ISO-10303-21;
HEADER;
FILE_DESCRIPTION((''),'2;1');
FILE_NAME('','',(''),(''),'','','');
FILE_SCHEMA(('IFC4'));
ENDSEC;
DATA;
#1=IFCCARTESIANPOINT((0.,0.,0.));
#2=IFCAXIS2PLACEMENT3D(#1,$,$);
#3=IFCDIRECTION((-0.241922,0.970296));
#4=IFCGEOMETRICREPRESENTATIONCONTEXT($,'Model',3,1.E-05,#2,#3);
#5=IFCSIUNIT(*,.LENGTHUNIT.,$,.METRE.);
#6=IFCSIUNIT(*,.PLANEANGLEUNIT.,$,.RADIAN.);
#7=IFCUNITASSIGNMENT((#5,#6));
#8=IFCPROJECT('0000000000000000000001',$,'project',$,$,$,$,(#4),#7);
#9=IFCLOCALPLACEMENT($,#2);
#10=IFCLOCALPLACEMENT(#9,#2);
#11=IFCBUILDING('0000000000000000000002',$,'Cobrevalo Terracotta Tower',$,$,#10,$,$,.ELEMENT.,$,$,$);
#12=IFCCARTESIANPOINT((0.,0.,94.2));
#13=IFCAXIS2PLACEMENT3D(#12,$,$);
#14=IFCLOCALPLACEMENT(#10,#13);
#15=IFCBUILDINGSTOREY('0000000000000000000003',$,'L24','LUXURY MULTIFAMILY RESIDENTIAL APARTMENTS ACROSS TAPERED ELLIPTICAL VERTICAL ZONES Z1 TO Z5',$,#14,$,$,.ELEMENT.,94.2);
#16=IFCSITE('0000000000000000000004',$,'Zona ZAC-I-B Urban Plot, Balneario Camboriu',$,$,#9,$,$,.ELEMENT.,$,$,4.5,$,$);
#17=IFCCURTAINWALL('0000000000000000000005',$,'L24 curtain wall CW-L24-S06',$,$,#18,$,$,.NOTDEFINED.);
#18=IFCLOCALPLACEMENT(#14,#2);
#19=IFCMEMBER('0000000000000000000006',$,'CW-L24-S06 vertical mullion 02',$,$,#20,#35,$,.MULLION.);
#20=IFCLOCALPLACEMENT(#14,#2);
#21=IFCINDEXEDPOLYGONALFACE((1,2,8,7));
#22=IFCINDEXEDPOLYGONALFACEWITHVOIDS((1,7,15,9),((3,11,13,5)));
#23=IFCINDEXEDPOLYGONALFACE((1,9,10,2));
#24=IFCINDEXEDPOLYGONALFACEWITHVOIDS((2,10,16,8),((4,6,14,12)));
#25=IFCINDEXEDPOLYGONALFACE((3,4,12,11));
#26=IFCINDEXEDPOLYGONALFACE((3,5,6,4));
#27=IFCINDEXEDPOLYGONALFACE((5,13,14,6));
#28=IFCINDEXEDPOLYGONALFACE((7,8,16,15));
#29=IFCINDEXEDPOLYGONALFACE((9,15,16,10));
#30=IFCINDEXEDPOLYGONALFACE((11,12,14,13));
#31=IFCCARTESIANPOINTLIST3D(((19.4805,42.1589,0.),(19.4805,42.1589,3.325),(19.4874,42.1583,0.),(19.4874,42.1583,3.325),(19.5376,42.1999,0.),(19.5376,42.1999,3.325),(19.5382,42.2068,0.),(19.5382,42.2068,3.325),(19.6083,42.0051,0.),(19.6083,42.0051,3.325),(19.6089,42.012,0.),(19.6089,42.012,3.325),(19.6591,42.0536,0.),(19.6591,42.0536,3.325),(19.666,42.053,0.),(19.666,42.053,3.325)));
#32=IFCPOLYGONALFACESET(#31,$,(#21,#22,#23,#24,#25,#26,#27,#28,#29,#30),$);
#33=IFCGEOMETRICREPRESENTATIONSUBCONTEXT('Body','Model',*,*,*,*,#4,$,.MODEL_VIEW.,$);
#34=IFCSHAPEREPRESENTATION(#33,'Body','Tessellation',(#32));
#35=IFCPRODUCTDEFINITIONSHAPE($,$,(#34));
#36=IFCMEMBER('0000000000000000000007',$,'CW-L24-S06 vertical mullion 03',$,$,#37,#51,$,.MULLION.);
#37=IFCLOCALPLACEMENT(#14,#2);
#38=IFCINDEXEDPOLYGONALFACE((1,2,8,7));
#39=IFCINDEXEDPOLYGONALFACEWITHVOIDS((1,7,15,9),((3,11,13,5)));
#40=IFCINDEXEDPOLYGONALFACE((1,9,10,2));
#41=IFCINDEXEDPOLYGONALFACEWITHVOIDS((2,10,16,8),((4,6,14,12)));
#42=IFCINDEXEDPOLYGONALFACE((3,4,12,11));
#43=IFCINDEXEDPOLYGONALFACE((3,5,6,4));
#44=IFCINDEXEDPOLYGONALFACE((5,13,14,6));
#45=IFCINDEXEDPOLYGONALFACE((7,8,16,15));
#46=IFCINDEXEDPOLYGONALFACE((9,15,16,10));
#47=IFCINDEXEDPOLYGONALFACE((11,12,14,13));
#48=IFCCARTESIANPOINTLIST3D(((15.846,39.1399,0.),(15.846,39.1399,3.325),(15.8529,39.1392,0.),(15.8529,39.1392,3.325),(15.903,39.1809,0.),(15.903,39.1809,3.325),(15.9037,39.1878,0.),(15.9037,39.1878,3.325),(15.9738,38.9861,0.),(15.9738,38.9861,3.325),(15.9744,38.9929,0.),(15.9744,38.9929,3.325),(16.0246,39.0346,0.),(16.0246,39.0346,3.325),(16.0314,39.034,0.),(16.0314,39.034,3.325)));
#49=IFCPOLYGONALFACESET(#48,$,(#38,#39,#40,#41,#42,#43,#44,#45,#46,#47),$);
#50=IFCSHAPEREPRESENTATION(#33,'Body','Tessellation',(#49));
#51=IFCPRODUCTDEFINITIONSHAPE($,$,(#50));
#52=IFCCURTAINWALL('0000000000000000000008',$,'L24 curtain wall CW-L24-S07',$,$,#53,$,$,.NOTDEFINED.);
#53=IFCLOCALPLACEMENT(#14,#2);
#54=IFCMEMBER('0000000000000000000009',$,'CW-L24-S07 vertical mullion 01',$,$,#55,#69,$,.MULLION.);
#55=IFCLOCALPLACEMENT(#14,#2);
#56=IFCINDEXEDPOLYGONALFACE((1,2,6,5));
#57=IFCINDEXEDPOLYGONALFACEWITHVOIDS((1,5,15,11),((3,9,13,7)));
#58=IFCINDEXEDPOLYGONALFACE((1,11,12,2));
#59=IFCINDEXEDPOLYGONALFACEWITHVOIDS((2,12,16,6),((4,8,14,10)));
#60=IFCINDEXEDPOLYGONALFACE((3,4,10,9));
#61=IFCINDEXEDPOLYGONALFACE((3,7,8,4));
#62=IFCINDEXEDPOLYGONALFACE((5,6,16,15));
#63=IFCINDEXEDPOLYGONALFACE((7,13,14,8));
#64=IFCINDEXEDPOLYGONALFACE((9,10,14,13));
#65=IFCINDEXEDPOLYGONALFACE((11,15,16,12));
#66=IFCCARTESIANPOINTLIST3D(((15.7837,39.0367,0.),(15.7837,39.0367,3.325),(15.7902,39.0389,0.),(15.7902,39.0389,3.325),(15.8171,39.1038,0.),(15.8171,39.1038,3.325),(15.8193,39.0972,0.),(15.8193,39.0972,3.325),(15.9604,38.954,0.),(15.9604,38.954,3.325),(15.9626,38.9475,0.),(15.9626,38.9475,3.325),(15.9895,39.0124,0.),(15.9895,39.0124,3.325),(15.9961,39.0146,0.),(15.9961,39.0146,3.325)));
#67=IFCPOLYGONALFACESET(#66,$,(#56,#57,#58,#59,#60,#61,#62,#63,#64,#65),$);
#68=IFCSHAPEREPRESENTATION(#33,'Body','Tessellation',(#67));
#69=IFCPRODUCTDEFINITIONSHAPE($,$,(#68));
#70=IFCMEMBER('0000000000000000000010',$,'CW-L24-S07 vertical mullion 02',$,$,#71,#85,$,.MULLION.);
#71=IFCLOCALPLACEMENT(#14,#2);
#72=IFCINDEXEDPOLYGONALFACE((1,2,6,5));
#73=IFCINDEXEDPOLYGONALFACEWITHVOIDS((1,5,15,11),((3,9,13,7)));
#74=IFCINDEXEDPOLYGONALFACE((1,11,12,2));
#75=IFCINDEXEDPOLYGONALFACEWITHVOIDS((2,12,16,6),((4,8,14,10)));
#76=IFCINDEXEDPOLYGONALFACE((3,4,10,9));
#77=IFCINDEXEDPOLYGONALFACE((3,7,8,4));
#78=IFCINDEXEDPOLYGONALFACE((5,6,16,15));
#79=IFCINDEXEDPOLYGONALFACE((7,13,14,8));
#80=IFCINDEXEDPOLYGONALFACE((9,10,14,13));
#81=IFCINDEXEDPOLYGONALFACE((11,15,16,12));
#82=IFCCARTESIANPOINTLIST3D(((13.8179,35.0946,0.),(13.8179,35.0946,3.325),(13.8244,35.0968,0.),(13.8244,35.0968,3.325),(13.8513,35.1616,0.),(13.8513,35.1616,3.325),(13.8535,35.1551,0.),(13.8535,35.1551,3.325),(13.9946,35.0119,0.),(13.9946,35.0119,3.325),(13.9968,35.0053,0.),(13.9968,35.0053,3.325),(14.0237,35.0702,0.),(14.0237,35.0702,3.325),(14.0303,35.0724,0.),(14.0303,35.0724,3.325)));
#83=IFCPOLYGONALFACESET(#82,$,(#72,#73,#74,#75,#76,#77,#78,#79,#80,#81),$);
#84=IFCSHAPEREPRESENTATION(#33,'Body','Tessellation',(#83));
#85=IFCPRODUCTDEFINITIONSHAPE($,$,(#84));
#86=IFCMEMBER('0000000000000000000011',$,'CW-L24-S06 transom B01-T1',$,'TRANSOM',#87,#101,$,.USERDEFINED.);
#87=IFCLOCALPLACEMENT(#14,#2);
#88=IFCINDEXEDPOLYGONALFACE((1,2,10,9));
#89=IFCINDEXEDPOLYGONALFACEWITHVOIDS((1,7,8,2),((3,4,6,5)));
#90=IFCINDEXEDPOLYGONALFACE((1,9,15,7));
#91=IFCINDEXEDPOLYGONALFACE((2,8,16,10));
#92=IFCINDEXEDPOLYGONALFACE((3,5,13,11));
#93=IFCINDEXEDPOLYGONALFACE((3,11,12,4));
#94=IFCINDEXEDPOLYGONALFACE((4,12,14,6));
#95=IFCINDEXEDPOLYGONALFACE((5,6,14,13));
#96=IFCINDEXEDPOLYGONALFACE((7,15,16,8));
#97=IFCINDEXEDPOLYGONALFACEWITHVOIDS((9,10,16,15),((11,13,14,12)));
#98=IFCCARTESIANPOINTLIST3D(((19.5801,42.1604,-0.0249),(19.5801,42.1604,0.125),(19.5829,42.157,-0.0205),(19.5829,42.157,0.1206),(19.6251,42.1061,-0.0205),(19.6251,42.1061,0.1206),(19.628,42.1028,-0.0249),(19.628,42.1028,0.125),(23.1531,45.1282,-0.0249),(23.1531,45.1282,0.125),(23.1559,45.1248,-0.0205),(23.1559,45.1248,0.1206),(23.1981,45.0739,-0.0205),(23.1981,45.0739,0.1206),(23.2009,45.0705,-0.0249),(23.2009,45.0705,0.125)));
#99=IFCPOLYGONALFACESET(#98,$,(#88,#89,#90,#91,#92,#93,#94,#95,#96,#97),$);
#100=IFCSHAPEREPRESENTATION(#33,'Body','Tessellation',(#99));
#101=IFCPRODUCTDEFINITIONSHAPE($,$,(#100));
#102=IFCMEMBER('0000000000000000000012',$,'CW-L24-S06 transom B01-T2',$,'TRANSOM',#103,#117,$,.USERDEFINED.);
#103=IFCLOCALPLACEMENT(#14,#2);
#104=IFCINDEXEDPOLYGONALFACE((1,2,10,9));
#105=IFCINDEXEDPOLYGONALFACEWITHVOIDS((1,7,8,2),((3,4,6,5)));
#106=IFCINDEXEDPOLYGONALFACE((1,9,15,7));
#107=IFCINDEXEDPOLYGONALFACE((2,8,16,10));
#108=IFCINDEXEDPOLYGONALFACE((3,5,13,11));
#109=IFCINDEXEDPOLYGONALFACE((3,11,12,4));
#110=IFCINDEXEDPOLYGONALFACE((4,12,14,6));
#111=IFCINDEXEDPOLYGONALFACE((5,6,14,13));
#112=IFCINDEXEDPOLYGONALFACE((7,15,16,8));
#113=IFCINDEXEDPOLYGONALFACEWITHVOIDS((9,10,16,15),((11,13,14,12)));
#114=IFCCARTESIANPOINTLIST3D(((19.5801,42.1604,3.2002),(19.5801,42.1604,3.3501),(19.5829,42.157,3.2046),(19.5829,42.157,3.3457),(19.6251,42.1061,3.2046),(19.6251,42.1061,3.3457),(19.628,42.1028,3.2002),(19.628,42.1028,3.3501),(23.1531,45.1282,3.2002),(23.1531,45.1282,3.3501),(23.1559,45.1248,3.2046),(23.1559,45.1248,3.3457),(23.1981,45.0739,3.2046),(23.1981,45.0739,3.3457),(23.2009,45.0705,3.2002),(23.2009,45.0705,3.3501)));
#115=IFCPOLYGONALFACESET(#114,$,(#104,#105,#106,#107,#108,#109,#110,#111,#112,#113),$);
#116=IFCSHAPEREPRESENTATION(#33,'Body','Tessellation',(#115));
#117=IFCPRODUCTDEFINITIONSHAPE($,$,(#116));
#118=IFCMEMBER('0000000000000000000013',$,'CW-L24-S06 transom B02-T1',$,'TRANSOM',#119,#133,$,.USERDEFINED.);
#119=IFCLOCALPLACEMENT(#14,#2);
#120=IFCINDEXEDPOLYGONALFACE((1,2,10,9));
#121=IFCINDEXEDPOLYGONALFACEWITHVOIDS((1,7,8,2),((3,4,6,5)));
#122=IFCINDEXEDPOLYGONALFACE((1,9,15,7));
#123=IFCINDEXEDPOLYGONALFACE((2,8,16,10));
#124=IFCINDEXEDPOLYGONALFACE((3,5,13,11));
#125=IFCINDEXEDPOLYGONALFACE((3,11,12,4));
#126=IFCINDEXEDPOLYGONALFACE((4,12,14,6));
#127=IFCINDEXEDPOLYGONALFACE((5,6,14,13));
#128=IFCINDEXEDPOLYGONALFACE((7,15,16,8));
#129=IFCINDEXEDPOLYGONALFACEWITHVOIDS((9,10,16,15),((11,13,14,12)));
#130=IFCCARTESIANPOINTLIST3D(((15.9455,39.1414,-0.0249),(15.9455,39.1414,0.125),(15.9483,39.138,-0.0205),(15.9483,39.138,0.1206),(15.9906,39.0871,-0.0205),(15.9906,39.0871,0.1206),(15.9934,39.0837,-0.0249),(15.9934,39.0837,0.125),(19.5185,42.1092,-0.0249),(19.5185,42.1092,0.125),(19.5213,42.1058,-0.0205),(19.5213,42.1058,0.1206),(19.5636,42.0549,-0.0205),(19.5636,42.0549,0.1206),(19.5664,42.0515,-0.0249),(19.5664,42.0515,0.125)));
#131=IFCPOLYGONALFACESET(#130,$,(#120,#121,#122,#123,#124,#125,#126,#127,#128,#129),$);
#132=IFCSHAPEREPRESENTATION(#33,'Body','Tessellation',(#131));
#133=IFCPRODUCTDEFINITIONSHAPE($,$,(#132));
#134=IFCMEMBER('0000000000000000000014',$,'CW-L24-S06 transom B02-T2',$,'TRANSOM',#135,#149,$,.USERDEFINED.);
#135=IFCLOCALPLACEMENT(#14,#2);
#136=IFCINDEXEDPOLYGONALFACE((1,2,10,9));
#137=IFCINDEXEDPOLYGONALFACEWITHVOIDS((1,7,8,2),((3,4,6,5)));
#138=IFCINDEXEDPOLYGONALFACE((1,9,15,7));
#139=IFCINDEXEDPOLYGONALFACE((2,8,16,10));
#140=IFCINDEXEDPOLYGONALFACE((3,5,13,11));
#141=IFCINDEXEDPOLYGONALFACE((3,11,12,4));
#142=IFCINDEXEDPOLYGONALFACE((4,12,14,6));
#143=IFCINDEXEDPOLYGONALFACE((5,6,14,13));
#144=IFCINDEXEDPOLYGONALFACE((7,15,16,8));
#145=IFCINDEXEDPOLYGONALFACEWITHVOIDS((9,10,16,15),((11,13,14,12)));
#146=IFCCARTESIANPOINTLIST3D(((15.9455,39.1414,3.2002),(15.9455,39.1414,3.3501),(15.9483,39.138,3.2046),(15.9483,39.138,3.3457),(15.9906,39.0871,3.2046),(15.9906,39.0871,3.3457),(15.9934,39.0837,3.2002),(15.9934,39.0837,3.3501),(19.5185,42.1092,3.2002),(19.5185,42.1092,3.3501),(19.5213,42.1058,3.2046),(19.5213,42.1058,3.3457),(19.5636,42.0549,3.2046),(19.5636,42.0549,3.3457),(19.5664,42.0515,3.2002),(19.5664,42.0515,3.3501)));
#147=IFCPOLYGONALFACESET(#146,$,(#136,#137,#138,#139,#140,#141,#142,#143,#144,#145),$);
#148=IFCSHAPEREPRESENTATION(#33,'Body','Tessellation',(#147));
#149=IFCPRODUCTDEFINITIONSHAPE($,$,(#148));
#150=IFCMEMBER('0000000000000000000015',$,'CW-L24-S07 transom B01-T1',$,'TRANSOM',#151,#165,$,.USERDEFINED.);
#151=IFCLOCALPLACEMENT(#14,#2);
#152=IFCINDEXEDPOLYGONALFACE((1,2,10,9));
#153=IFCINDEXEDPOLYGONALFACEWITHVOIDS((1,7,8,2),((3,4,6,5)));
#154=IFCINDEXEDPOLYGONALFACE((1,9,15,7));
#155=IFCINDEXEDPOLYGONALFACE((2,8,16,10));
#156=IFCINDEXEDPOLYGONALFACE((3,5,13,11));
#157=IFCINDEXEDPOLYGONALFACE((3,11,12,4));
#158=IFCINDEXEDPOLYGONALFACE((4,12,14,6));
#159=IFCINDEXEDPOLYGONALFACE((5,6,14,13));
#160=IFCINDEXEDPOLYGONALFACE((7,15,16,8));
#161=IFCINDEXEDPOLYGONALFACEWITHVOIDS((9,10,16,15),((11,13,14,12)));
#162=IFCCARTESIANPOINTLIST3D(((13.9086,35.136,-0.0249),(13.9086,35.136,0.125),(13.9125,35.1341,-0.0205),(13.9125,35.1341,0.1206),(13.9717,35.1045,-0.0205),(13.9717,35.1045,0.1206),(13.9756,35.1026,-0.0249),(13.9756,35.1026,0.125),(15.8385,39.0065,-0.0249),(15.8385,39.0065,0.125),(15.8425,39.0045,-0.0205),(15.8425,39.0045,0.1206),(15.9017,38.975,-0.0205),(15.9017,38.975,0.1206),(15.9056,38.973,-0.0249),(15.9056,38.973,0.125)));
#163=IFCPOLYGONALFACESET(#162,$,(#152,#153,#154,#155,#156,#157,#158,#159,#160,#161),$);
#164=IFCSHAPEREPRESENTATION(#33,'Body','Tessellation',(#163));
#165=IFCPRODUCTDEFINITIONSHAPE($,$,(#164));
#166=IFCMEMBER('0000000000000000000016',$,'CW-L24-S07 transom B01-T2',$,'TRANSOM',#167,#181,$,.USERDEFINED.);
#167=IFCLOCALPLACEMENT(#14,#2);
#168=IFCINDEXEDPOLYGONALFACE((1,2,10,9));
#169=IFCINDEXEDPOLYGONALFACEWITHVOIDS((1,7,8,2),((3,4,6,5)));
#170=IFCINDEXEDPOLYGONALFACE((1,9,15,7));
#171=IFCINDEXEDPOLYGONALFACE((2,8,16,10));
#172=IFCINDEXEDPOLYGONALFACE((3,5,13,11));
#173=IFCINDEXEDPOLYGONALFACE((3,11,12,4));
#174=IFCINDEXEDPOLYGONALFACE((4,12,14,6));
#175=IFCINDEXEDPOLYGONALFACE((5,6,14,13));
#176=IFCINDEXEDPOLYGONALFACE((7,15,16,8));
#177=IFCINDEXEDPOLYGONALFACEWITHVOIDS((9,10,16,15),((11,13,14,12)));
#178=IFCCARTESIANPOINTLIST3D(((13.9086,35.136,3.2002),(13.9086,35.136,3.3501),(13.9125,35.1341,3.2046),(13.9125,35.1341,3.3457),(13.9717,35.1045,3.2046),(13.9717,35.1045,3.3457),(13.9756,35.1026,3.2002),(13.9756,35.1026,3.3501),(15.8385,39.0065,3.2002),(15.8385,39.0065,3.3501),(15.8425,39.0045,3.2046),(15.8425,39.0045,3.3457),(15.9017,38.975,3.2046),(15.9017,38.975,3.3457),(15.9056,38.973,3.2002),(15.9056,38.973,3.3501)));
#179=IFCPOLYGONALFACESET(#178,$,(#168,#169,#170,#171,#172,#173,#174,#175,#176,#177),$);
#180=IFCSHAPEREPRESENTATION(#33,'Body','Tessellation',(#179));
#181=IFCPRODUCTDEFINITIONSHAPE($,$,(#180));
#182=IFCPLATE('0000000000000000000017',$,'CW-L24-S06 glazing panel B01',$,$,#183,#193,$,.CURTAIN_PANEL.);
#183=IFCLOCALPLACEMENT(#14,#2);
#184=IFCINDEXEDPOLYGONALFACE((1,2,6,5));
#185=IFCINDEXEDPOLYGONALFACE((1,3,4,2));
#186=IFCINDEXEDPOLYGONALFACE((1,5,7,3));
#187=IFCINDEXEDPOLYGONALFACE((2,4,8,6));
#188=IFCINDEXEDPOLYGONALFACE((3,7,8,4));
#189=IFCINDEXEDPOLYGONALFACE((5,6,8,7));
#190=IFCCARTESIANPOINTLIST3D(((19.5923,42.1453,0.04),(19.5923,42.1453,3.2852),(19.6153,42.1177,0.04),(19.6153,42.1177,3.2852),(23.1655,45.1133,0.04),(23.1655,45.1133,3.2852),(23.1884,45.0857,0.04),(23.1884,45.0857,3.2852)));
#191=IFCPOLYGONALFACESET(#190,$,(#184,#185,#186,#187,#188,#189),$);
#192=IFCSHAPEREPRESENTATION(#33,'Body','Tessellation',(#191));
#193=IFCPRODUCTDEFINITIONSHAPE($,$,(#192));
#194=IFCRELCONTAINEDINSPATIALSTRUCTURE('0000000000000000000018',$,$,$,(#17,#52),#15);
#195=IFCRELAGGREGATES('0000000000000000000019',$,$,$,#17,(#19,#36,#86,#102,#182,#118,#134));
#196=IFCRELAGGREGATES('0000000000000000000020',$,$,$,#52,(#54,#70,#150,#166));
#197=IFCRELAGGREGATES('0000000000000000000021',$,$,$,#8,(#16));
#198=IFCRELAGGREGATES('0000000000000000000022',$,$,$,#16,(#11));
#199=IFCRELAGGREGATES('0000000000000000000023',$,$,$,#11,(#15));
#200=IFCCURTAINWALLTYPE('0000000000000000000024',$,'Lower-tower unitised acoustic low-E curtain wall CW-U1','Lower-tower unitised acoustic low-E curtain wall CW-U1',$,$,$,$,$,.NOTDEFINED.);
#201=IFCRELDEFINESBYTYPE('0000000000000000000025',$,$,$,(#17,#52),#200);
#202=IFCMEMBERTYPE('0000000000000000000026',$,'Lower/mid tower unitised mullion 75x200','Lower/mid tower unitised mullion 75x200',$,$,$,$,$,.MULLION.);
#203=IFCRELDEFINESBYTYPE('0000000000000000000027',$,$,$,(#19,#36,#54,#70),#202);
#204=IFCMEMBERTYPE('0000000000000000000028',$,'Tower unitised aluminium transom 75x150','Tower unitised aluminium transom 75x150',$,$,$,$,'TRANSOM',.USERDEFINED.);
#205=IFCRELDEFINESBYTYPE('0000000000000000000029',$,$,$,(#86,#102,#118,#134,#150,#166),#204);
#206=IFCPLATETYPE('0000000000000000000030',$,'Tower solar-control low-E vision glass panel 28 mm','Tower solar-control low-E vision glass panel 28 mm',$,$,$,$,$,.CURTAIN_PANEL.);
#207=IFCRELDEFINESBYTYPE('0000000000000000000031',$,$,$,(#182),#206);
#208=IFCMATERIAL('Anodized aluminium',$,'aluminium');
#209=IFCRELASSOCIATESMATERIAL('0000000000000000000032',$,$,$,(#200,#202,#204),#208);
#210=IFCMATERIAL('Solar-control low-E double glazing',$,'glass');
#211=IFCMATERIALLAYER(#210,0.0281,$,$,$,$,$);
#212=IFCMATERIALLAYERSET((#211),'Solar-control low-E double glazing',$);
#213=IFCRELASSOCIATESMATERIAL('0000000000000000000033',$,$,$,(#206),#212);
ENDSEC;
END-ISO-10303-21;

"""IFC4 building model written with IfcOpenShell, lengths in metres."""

from ifc_helpers import new_model, si_unit, direction, frame, origin, origin_2d, place, context, subcontext, project, spatial, rectangle, hollow_rectangle, extrude, source, transform, mapped, material, layer, layer_set, material_profile, profile_set, type_object, element, aggregate, save


model = new_model("IFC4")

# Units and contexts
model_context = context("Model", 3, precision=1e-05, world=origin(), true_north=direction((-0.241922, 0.970296)))
body_context = subcontext(model_context, "Body", "Model", "MODEL_VIEW")
ifc_project = project(units=[si_unit("LENGTHUNIT", "METRE"), si_unit("PLANEANGLEUNIT", "RADIAN")], contexts=[model_context])

# Site, building, storey
site_placement = place(None, origin())
site = spatial("IfcSite", under=ifc_project, at=site_placement, Name="Zona ZAC-I-B Urban Plot, Balneario Camboriu", CompositionType="ELEMENT", RefElevation=4.5)
building_placement = place(site_placement, origin())
building = spatial("IfcBuilding", under=site, at=building_placement, Name="Cobrevalo Terracotta Tower", CompositionType="ELEMENT")
storey_placement = place(building_placement, frame((0.0, 0.0, 94.2)))
storey = spatial("IfcBuildingStorey", under=building, at=storey_placement, Name="L24", Description="LUXURY MULTIFAMILY RESIDENTIAL APARTMENTS ACROSS TAPERED ELLIPTICAL VERTICAL ZONES Z1 TO Z5", CompositionType="ELEMENT", Elevation=94.2)

# Shared definitions
ifc_material_1 = material(Name="Anodized aluminium", Category="aluminium")
curtain_wall_type = type_object("IfcCurtainWallType", Name="Lower-tower unitised acoustic low-E curtain wall CW-U1", Description="Lower-tower unitised acoustic low-E curtain wall CW-U1", PredefinedType="NOTDEFINED", material=ifc_material_1)
ifc_material_profile_1 = material_profile(ifc_material_1, hollow_rectangle(XDim=0.075, YDim=0.2, WallThickness=0.0049, at=origin_2d()), Name="CWM 75x200")
ifc_profile_set_1 = profile_set([ifc_material_profile_1], Name="Anodized aluminium")
member_type_1 = type_object("IfcMemberType", Name="Lower/mid tower unitised mullion 75x200", Description="Lower/mid tower unitised mullion 75x200", PredefinedType="MULLION", material=ifc_profile_set_1)
shared_shape_1 = source(origin(), body_context, "Body", "SweptSolid", [
    extrude(hollow_rectangle(XDim=0.075, YDim=0.2, WallThickness=0.0049, at=origin_2d()), origin(), (0.0, 0.0, 1.0), 3.325),
])

# Curtain walls, members
curtain_wall_1_placement = place(storey_placement, origin())
curtain_wall_1 = element("IfcCurtainWall", 1, at=curtain_wall_1_placement, inside=storey, type_object=curtain_wall_type, Name="L24 curtain wall CW-L24-S06", PredefinedType="NOTDEFINED")
member_1_placement = place(storey_placement, frame((19.5732, 42.106, 0.0), z_axis=(0.0, 0.0, 1.0), x_axis=(-0.769243, -0.638956, 0.0)))
member_1 = element("IfcMember", 2, at=member_1_placement, type_object=member_type_1, Name="CW-L24-S06 vertical mullion 02", PredefinedType="MULLION", context=body_context, shape_type="MappedRepresentation", body=[
    mapped(shared_shape_1, transform((0.0, 0.0, 0.0), scale=1.0)),
])
member_2_placement = place(storey_placement, frame((15.9387, 39.0869, 0.0), z_axis=(0.0, 0.0, 1.0), x_axis=(-0.769243, -0.638956, 0.0)))
member_2 = element("IfcMember", 3, at=member_2_placement, type_object=member_type_1, Name="CW-L24-S06 vertical mullion 03", PredefinedType="MULLION", context=body_context, shape_type="MappedRepresentation", body=[
    mapped(shared_shape_1, transform((0.0, 0.0, 0.0), scale=1.0)),
])
curtain_wall_2_placement = place(storey_placement, origin())
curtain_wall_2 = element("IfcCurtainWall", 4, at=curtain_wall_2_placement, inside=storey, type_object=curtain_wall_type, Name="L24 curtain wall CW-L24-S07", PredefinedType="NOTDEFINED")
member_3_placement = place(storey_placement, frame((15.8899, 39.0256, 0.0), z_axis=(0.0, 0.0, 1.0), x_axis=(-0.44626, -0.894903, 0.0)))
member_3 = element("IfcMember", 5, at=member_3_placement, type_object=member_type_1, Name="CW-L24-S07 vertical mullion 01", PredefinedType="MULLION", context=body_context, shape_type="MappedRepresentation", body=[
    mapped(shared_shape_1, transform((0.0, 0.0, 0.0), scale=1.0)),
])
member_4_placement = place(storey_placement, frame((13.9241, 35.0835, 0.0), z_axis=(0.0, 0.0, 1.0), x_axis=(-0.44626, -0.894903, 0.0)))
member_4 = element("IfcMember", 6, at=member_4_placement, type_object=member_type_1, Name="CW-L24-S07 vertical mullion 02", PredefinedType="MULLION", context=body_context, shape_type="MappedRepresentation", body=[
    mapped(shared_shape_1, transform((0.0, 0.0, 0.0), scale=1.0)),
])

# Members
ifc_material_profile_2 = material_profile(ifc_material_1, hollow_rectangle(XDim=0.075, YDim=0.1499, WallThickness=0.0044, at=origin_2d()), Name="CWT 75x150")
ifc_profile_set_2 = profile_set([ifc_material_profile_2], Name="Anodized aluminium")
member_type_2 = type_object("IfcMemberType", Name="Tower unitised aluminium transom 75x150", Description="Tower unitised aluminium transom 75x150", ElementType="TRANSOM", PredefinedType="USERDEFINED", material=ifc_profile_set_2)
shared_shape_2 = source(origin(), body_context, "Body", "SweptSolid", [
    extrude(hollow_rectangle(XDim=0.075, YDim=0.1499, WallThickness=0.0044, at=origin_2d()), origin(), (0.0, 0.0, 1.0), 4.6448),
])
member_5_placement = place(storey_placement, frame((23.177, 45.0994, 0.05), z_axis=(-0.76925, -0.638948, 0.0), x_axis=(0.638948, -0.76925, 0.0)))
member_5 = element("IfcMember", 7, at=member_5_placement, type_object=member_type_2, Name="CW-L24-S06 transom B01-T1", ObjectType="TRANSOM", PredefinedType="USERDEFINED", context=body_context, shape_type="MappedRepresentation", body=[
    mapped(shared_shape_2, transform((0.0, 0.0, 0.0), scale=1.0)),
])
member_6_placement = place(storey_placement, frame((23.177, 45.0994, 3.2751), z_axis=(-0.76925, -0.638948, 0.0), x_axis=(0.638948, -0.76925, 0.0)))
member_6 = element("IfcMember", 8, at=member_6_placement, type_object=member_type_2, Name="CW-L24-S06 transom B01-T2", ObjectType="TRANSOM", PredefinedType="USERDEFINED", context=body_context, shape_type="MappedRepresentation", body=[
    mapped(shared_shape_2, transform((0.0, 0.0, 0.0), scale=1.0)),
])
member_7_placement = place(storey_placement, frame((19.5425, 42.0803, 0.05), z_axis=(-0.76925, -0.638948, 0.0), x_axis=(0.638948, -0.76925, 0.0)))
member_7 = element("IfcMember", 9, at=member_7_placement, type_object=member_type_2, Name="CW-L24-S06 transom B02-T1", ObjectType="TRANSOM", PredefinedType="USERDEFINED", context=body_context, shape_type="MappedRepresentation", body=[
    mapped(shared_shape_2, transform((0.0, 0.0, 0.0), scale=1.0)),
])
member_8_placement = place(storey_placement, frame((19.5425, 42.0803, 3.2751), z_axis=(-0.76925, -0.638948, 0.0), x_axis=(0.638948, -0.76925, 0.0)))
member_8 = element("IfcMember", 10, at=member_8_placement, type_object=member_type_2, Name="CW-L24-S06 transom B02-T2", ObjectType="TRANSOM", PredefinedType="USERDEFINED", context=body_context, shape_type="MappedRepresentation", body=[
    mapped(shared_shape_2, transform((0.0, 0.0, 0.0), scale=1.0)),
])
shared_shape_3 = source(origin(), body_context, "Body", "SweptSolid", [
    extrude(hollow_rectangle(XDim=0.075, YDim=0.1499, WallThickness=0.0044, at=origin_2d()), origin(), (0.0, 0.0, 1.0), 4.325),
])
member_9_placement = place(storey_placement, frame((15.8721, 38.9897, 0.05), z_axis=(-0.446242, -0.894912, 0.0), x_axis=(0.894912, -0.446242, 0.0)))
member_9 = element("IfcMember", 11, at=member_9_placement, type_object=member_type_2, Name="CW-L24-S07 transom B01-T1", ObjectType="TRANSOM", PredefinedType="USERDEFINED", context=body_context, shape_type="MappedRepresentation", body=[
    mapped(shared_shape_3, transform((0.0, 0.0, 0.0), scale=1.0)),
])
member_10_placement = place(storey_placement, frame((15.8721, 38.9897, 3.2751), z_axis=(-0.446242, -0.894912, 0.0), x_axis=(0.894912, -0.446242, 0.0)))
member_10 = element("IfcMember", 12, at=member_10_placement, type_object=member_type_2, Name="CW-L24-S07 transom B01-T2", ObjectType="TRANSOM", PredefinedType="USERDEFINED", context=body_context, shape_type="MappedRepresentation", body=[
    mapped(shared_shape_3, transform((0.0, 0.0, 0.0), scale=1.0)),
])

# Plate
ifc_material_2 = material(Name="Solar-control low-E double glazing", Category="glass")
ifc_layer_1 = layer(ifc_material_2, 0.0281)
ifc_layer_set_1 = layer_set([ifc_layer_1], Name="Solar-control low-E double glazing")
plate_type = type_object("IfcPlateType", Name="Tower solar-control low-E vision glass panel 28 mm", Description="Tower solar-control low-E vision glass panel 28 mm", PredefinedType="CURTAIN_PANEL", material=ifc_layer_set_1)
shared_shape_4 = source(origin(), body_context, "Body", "SweptSolid", [
    extrude(rectangle(XDim=4.645, YDim=0.0359, at=origin_2d()), origin(), (0.0, 0.0, 1.0), 3.2451),
])
plate_1_placement = place(storey_placement, frame((21.3904, 43.6155, 0.04), z_axis=(0.0, 0.0, 1.0), x_axis=(-0.769241, -0.638958, 0.0)))
plate_1 = element("IfcPlate", 13, at=plate_1_placement, type_object=plate_type, Name="CW-L24-S06 glazing panel B01", PredefinedType="CURTAIN_PANEL", context=body_context, shape_type="MappedRepresentation", body=[
    mapped(shared_shape_4, transform((0.0, 0.0, 0.0), scale=1.0)),
])
aggregate(curtain_wall_1, [member_1, member_2, member_5, member_6, plate_1, member_7, member_8])
aggregate(curtain_wall_2, [member_3, member_4, member_9, member_10])

save(model, "model.ifc")
